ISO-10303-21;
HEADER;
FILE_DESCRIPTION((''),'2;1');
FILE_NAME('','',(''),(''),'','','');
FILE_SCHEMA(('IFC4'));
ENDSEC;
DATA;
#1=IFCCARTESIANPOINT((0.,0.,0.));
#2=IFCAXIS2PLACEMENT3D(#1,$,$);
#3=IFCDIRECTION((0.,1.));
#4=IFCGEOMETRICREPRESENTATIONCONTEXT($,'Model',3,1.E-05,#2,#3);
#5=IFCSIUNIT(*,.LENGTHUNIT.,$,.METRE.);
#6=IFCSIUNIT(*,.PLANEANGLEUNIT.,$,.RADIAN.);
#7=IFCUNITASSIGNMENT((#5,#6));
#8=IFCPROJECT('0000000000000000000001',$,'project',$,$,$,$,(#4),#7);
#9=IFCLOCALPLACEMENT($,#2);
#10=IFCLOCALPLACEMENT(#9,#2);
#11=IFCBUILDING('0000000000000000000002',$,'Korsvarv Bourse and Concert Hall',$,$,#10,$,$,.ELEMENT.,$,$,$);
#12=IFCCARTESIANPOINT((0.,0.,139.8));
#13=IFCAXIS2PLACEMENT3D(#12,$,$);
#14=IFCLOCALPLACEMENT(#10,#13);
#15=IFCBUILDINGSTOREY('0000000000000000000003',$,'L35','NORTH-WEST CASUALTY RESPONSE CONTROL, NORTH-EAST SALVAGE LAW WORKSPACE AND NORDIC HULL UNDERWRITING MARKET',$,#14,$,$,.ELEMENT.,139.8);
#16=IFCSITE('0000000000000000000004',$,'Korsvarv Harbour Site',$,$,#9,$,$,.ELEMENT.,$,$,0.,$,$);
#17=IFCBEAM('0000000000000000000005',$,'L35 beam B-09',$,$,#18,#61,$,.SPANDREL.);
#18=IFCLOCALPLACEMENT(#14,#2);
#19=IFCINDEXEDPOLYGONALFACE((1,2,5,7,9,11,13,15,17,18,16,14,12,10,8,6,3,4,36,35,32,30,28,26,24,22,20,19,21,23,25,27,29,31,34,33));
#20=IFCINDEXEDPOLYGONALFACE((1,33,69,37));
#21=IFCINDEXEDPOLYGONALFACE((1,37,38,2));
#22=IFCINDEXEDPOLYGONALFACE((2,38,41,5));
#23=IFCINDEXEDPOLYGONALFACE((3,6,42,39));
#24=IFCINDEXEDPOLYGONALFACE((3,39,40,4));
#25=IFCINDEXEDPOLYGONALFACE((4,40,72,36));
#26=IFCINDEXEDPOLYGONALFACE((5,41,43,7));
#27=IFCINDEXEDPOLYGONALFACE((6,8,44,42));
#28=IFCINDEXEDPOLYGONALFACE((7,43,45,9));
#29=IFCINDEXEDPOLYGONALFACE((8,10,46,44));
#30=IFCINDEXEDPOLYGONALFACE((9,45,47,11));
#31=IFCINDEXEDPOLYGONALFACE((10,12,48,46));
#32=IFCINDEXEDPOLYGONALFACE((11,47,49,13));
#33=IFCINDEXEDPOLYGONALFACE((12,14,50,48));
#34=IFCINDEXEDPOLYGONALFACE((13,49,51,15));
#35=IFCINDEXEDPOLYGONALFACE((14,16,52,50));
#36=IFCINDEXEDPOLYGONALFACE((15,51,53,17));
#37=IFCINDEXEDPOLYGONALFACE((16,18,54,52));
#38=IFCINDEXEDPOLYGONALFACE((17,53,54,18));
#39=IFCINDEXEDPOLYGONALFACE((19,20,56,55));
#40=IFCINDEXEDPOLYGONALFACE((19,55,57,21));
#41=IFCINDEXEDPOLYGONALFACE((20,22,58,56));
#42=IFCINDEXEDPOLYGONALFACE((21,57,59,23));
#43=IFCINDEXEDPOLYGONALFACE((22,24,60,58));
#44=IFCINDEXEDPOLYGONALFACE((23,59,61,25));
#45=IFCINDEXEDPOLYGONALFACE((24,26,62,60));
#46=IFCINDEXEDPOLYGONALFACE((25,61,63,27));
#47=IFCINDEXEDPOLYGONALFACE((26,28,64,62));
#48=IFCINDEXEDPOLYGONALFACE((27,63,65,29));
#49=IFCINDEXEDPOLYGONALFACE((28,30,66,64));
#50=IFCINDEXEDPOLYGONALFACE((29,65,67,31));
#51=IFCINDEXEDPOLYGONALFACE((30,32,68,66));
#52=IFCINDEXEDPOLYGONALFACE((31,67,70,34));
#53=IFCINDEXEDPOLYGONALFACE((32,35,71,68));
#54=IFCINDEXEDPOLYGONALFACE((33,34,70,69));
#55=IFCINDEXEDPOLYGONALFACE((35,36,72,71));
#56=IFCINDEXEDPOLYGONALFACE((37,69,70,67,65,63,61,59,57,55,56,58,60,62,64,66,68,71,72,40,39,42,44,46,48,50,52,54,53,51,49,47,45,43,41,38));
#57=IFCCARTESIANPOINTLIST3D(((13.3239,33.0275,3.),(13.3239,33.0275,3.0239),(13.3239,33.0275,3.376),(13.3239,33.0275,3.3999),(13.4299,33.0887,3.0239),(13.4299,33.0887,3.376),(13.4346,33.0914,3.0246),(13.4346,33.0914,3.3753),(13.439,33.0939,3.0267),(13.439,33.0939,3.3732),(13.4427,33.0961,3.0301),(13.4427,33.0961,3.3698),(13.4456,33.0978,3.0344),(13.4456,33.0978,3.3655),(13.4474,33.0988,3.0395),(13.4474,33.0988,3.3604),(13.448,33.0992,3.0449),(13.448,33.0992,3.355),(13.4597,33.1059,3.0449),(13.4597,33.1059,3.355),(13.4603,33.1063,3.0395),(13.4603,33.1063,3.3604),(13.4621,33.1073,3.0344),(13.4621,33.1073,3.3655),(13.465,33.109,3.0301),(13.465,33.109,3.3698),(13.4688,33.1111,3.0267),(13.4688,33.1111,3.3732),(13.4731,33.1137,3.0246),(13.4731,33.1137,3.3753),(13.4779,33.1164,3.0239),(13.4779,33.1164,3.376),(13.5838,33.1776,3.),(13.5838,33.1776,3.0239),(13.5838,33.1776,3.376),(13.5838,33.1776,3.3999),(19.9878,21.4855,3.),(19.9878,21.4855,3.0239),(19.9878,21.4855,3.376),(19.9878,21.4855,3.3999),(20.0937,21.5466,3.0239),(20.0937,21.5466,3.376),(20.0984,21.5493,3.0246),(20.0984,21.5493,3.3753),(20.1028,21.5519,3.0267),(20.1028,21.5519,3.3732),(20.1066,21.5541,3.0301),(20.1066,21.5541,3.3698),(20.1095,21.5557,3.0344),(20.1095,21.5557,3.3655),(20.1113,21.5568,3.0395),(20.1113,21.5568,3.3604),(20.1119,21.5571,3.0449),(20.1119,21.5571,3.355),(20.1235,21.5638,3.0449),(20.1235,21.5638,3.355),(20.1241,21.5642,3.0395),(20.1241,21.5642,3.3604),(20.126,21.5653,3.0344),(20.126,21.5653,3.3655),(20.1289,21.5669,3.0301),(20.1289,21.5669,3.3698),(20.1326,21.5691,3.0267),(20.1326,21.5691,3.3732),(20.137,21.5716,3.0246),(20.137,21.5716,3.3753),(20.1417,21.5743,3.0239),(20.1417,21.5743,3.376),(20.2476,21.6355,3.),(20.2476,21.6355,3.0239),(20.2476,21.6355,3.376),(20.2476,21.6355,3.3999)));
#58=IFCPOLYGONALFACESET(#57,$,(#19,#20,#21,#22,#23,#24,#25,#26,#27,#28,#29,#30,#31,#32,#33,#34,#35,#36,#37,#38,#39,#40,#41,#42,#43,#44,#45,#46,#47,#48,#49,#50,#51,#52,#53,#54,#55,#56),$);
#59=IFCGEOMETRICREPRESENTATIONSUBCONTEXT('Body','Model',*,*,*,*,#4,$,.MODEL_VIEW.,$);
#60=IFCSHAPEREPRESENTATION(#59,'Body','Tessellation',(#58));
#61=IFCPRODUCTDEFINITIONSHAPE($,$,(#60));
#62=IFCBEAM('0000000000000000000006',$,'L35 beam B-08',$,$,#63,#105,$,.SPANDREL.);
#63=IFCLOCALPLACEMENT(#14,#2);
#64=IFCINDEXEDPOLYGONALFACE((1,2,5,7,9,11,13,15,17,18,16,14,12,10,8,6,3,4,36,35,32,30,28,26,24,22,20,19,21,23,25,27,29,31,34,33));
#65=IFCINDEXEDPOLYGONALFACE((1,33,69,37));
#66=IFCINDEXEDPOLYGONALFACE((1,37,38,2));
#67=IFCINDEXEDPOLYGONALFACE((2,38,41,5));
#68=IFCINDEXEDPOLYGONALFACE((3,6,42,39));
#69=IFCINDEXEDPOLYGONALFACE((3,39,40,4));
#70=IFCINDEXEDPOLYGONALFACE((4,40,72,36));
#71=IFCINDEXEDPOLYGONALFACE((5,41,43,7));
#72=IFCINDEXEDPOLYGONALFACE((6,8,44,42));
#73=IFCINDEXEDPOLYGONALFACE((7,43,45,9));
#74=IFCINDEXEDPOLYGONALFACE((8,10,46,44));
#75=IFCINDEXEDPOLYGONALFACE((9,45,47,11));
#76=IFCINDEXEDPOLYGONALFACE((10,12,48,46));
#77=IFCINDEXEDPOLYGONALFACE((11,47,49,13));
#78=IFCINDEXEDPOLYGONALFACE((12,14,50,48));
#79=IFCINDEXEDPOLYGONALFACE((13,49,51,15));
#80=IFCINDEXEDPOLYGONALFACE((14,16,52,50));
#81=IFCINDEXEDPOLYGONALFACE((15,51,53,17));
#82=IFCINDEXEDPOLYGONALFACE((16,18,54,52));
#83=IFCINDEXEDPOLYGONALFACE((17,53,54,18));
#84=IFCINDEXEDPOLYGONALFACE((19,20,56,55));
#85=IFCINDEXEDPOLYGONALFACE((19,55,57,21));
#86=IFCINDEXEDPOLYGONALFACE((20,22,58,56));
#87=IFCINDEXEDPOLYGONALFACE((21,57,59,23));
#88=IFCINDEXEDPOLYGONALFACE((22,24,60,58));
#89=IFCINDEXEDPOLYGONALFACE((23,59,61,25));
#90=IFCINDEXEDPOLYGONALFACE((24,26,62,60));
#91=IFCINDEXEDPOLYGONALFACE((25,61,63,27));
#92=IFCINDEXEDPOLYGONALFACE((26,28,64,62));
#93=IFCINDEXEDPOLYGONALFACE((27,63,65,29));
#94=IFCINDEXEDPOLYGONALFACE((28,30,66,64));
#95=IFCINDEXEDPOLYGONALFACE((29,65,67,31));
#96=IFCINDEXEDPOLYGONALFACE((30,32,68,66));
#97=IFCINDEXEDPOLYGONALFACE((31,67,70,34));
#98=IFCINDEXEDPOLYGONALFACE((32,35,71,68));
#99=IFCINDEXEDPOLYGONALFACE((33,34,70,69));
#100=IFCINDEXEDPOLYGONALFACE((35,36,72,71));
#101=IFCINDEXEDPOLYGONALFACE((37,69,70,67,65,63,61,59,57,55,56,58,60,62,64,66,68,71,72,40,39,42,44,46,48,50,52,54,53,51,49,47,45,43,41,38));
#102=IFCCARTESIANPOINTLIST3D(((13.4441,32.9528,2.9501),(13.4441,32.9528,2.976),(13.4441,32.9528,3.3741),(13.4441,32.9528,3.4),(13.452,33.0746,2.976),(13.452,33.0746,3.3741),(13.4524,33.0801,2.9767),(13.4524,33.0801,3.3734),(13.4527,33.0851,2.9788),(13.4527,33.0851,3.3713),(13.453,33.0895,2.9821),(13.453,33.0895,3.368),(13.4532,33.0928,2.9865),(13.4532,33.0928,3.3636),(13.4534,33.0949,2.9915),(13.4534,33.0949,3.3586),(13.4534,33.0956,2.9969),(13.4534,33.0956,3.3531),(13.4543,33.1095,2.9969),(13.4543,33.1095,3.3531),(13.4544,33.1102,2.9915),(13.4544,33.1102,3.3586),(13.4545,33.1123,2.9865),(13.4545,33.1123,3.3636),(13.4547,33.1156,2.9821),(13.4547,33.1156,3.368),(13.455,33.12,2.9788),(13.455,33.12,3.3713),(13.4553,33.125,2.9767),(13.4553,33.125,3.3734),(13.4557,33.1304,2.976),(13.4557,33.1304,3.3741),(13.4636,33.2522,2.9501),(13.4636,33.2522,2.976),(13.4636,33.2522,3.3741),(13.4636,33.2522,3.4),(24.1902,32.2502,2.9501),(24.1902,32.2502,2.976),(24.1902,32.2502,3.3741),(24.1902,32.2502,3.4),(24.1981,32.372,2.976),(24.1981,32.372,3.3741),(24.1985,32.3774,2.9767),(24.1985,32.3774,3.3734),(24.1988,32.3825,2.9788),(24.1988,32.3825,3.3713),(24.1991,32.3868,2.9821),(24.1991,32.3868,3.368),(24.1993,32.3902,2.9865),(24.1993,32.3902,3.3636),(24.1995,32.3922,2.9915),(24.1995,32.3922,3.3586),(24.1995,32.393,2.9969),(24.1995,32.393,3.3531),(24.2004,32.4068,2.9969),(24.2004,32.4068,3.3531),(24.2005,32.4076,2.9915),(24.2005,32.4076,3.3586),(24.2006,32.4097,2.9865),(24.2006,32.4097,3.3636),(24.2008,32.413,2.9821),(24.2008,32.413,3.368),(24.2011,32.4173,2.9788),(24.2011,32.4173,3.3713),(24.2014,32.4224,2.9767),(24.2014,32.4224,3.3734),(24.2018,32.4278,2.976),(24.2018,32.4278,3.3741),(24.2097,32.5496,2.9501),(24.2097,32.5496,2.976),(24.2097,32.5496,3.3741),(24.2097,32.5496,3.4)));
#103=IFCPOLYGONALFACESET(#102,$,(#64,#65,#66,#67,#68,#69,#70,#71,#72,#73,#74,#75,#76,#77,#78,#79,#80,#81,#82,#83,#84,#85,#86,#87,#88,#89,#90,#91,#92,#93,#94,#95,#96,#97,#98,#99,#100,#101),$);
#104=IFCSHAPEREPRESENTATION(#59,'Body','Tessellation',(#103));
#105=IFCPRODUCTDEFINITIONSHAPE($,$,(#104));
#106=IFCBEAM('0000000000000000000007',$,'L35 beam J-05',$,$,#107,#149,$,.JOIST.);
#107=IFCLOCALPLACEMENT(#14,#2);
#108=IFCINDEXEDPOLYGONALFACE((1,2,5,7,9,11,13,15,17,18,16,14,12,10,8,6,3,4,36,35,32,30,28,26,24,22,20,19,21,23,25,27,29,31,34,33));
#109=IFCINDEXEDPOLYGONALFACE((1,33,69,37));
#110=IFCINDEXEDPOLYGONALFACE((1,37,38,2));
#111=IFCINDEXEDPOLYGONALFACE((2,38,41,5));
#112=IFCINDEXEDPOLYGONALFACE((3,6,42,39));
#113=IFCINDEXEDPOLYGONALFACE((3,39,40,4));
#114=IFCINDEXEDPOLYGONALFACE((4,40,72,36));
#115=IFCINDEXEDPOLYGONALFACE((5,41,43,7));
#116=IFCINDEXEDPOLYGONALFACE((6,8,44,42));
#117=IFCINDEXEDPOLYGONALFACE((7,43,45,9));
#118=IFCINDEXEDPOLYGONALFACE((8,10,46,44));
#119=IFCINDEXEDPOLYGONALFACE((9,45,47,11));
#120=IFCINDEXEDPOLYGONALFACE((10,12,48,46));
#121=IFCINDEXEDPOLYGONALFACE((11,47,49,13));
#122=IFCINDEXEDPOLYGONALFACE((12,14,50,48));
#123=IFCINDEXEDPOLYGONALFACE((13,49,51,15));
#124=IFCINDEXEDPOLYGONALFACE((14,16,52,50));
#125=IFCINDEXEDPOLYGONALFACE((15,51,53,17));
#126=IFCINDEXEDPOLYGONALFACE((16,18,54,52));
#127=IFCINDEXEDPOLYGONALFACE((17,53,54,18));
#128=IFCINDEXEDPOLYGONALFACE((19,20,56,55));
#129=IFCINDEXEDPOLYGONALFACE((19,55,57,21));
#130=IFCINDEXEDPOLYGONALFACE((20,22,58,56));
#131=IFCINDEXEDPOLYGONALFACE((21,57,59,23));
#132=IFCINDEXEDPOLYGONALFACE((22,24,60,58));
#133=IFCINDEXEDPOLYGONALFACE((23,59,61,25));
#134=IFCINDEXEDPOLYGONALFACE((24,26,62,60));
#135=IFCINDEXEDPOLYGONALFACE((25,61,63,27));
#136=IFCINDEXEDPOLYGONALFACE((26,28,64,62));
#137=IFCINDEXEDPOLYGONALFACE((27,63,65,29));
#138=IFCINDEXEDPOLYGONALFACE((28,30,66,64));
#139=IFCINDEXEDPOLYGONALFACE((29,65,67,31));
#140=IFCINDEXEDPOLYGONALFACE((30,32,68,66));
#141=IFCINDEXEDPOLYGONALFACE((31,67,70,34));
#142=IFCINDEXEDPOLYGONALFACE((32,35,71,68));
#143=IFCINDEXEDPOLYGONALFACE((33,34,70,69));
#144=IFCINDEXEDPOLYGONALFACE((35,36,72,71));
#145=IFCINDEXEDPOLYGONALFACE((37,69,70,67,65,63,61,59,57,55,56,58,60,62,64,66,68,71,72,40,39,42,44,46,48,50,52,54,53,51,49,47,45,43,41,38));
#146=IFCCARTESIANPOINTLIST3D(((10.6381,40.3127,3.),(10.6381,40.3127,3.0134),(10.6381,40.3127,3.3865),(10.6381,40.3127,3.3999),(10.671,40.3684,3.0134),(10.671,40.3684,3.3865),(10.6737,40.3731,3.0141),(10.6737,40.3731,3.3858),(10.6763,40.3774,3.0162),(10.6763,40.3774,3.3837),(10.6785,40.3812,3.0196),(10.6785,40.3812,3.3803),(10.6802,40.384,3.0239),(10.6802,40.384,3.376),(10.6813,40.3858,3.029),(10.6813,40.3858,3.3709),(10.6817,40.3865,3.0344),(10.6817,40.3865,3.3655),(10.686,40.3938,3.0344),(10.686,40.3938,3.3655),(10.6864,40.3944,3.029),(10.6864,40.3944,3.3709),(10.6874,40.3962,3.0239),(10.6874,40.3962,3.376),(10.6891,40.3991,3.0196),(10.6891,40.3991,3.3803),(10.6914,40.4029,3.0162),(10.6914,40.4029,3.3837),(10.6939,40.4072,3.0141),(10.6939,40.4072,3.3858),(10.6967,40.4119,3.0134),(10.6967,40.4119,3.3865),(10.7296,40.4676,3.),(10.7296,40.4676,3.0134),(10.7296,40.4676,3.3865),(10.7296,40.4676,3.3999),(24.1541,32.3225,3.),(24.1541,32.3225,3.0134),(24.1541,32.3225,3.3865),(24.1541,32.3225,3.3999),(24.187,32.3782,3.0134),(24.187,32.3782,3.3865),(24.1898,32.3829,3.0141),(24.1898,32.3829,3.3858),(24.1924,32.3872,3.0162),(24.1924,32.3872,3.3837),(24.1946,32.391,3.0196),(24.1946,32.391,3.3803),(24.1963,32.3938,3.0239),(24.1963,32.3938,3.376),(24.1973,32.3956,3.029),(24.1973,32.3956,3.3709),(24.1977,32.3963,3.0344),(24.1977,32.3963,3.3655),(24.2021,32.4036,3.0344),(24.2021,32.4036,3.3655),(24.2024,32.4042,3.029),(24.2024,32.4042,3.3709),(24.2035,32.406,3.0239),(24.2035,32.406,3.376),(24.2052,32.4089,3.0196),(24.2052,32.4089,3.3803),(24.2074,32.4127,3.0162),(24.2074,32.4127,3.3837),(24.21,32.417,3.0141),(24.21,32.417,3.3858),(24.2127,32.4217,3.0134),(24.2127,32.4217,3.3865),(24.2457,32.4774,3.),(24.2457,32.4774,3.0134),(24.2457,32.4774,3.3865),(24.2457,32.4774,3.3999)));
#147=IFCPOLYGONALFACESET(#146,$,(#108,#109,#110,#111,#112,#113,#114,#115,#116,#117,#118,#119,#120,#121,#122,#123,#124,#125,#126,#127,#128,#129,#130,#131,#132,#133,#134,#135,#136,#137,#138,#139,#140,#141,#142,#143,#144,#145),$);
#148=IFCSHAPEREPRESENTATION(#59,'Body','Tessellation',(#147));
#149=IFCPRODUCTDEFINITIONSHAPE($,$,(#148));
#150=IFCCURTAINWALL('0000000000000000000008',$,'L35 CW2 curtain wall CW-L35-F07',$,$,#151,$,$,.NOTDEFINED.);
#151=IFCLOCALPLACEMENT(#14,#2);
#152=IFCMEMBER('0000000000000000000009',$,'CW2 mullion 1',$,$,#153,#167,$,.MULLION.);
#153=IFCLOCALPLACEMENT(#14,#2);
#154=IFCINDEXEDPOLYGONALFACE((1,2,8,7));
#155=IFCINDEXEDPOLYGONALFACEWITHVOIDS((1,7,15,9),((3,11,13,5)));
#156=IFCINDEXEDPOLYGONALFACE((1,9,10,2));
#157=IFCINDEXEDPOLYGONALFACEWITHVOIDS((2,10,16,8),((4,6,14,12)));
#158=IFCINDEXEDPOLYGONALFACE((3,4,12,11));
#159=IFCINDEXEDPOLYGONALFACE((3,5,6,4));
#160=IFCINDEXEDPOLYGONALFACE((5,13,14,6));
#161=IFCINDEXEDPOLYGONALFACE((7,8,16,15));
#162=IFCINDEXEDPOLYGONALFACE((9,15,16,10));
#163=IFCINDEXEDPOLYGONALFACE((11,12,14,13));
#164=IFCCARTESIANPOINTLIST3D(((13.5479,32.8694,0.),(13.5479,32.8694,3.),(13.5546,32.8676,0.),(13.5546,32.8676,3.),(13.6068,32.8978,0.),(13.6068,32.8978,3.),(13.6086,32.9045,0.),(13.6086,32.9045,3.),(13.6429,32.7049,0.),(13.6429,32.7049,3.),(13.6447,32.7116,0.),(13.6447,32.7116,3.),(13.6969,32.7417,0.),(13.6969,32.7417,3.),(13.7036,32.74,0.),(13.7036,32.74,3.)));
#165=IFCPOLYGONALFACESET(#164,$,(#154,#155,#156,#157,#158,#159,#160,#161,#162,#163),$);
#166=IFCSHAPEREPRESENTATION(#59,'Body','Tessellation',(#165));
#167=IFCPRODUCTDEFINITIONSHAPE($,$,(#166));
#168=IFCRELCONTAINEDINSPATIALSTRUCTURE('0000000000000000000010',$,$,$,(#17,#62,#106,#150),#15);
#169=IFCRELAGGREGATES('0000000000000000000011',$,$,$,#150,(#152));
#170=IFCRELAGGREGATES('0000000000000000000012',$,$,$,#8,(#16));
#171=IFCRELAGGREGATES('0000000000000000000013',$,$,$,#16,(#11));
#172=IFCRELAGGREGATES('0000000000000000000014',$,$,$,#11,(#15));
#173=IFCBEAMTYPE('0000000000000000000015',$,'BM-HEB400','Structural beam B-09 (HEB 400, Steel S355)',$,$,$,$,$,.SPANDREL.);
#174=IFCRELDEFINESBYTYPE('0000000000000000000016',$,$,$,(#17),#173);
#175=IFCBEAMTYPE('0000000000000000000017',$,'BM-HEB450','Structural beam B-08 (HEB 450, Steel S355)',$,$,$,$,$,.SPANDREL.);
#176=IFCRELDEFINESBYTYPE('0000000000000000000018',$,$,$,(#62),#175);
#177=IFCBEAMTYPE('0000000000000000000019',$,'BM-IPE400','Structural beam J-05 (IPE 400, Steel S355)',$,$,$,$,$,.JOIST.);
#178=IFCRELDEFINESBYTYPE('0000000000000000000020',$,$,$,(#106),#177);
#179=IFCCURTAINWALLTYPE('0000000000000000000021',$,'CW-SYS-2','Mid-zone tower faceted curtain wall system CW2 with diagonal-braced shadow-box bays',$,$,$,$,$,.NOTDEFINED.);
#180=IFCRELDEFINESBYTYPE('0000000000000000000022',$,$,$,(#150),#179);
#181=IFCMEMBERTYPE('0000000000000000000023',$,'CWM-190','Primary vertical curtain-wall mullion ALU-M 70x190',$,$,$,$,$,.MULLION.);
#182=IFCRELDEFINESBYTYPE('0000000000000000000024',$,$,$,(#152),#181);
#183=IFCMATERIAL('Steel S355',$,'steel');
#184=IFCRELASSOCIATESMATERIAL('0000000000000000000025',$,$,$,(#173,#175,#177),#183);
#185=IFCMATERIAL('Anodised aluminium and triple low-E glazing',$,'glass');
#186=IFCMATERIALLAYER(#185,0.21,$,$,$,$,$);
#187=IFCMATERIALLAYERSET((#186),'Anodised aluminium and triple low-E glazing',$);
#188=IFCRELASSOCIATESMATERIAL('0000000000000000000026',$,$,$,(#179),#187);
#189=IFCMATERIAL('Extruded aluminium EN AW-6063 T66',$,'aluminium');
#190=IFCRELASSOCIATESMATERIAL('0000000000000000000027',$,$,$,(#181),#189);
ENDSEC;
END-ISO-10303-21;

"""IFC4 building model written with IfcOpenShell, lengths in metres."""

from ifc_helpers import new_model, si_unit, direction, frame, origin, origin_2d, place, context, subcontext, project, spatial, hollow_rectangle, i_section, extrude, source, transform, mapped, material, layer, layer_set, material_profile, profile_set, type_object, element, aggregate, save


model = new_model("IFC4")

# Units and contexts
model_context = context("Model", 3, precision=1e-05, world=origin(), true_north=direction((0.0, 1.0)))
body_context = subcontext(model_context, "Body", "Model", "MODEL_VIEW")
ifc_project = project(units=[si_unit("LENGTHUNIT", "METRE"), si_unit("PLANEANGLEUNIT", "RADIAN")], contexts=[model_context])

# Site, building, storey
site_placement = place(None, origin())
site = spatial("IfcSite", under=ifc_project, at=site_placement, Name="Korsvarv Harbour Site", CompositionType="ELEMENT", RefElevation=0.0)
building_placement = place(site_placement, origin())
building = spatial("IfcBuilding", under=site, at=building_placement, Name="Korsvarv Bourse and Concert Hall", CompositionType="ELEMENT")
storey_placement = place(building_placement, frame((0.0, 0.0, 139.8)))
storey = spatial("IfcBuildingStorey", under=building, at=storey_placement, Name="L35", Description="NORTH-WEST CASUALTY RESPONSE CONTROL, NORTH-EAST SALVAGE LAW WORKSPACE AND NORDIC HULL UNDERWRITING MARKET", CompositionType="ELEMENT", Elevation=139.8)

# Shared definitions
ifc_material_1 = material(Name="Steel S355", Category="steel")

# Beams
ifc_material_profile_1 = material_profile(ifc_material_1, i_section(OverallWidth=0.3, OverallDepth=0.3999, WebThickness=0.0134, FlangeThickness=0.0239, FilletRadius=0.021, at=origin_2d()), Name="HEB 400")
ifc_profile_set_1 = profile_set([ifc_material_profile_1], Name="Steel S355")
beam_type_1 = type_object("IfcBeamType", Name="BM-HEB400", Description="Structural beam B-09 (HEB 400, Steel S355)", PredefinedType="SPANDREL", material=ifc_profile_set_1)
shared_shape_1 = source(origin(), body_context, "Body", "SweptSolid", [
    extrude(i_section(OverallWidth=0.3, OverallDepth=0.3999, WebThickness=0.0134, FlangeThickness=0.0239, FilletRadius=0.021, at=origin_2d()), origin(), (0.0, 0.0, 1.0), 13.3276),
])
beam_1_placement = place(storey_placement, frame((13.4539, 33.1025, 3.2), z_axis=(0.500003, -0.866024, 0.0), x_axis=(0.866024, 0.500003, 0.0)))
element("IfcBeam", 1, at=beam_1_placement, inside=storey, type_object=beam_type_1, Name="L35 beam B-09", PredefinedType="SPANDREL", context=body_context, shape_type="MappedRepresentation", body=[
    mapped(shared_shape_1, transform((0.0, 0.0, 0.0), scale=1.0)),
])
ifc_material_profile_2 = material_profile(ifc_material_1, i_section(OverallWidth=0.3, OverallDepth=0.45, WebThickness=0.0139, FlangeThickness=0.0259, FilletRadius=0.021, at=origin_2d()), Name="HEB 450")
ifc_profile_set_2 = profile_set([ifc_material_profile_2], Name="Steel S355")
beam_type_2 = type_object("IfcBeamType", Name="BM-HEB450", Description="Structural beam B-08 (HEB 450, Steel S355)", PredefinedType="SPANDREL", material=ifc_profile_set_2)
shared_shape_2 = source(origin(), body_context, "Body", "SweptSolid", [
    extrude(i_section(OverallWidth=0.3, OverallDepth=0.45, WebThickness=0.0139, FlangeThickness=0.0259, FilletRadius=0.021, at=origin_2d()), origin(), (0.0, 0.0, 1.0), 10.769),
])
beam_2_placement = place(storey_placement, frame((13.4539, 33.1025, 3.175), z_axis=(0.997869, -0.065246, 0.0), x_axis=(0.065246, 0.997869, 0.0)))
element("IfcBeam", 2, at=beam_2_placement, inside=storey, type_object=beam_type_2, Name="L35 beam B-08", PredefinedType="SPANDREL", context=body_context, shape_type="MappedRepresentation", body=[
    mapped(shared_shape_2, transform((0.0, 0.0, 0.0), scale=1.0)),
])
ifc_material_profile_3 = material_profile(ifc_material_1, i_section(OverallWidth=0.1799, OverallDepth=0.3999, WebThickness=0.0085, FlangeThickness=0.0134, FilletRadius=0.021, at=origin_2d()), Name="IPE 400")
ifc_profile_set_3 = profile_set([ifc_material_profile_3], Name="Steel S355")
beam_type_3 = type_object("IfcBeamType", Name="BM-IPE400", Description="Structural beam J-05 (IPE 400, Steel S355)", PredefinedType="JOIST", material=ifc_profile_set_3)
shared_shape_3 = source(origin(), body_context, "Body", "SweptSolid", [
    extrude(i_section(OverallWidth=0.1799, OverallDepth=0.3999, WebThickness=0.0085, FlangeThickness=0.0134, FilletRadius=0.021, at=origin_2d()), origin(), (0.0, 0.0, 1.0), 15.7012),
])
beam_3_placement = place(storey_placement, frame((10.6838, 40.3901, 3.2), z_axis=(0.860831, -0.508892, 0.0), x_axis=(0.508892, 0.860831, 0.0)))
element("IfcBeam", 3, at=beam_3_placement, inside=storey, type_object=beam_type_3, Name="L35 beam J-05", PredefinedType="JOIST", context=body_context, shape_type="MappedRepresentation", body=[
    mapped(shared_shape_3, transform((0.0, 0.0, 0.0), scale=1.0)),
])

# Curtain wall, member
ifc_material_2 = material(Name="Anodised aluminium and triple low-E glazing", Category="glass")
ifc_layer_1 = layer(ifc_material_2, 0.21)
ifc_layer_set_1 = layer_set([ifc_layer_1], Name="Anodised aluminium and triple low-E glazing")
curtain_wall_type = type_object("IfcCurtainWallType", Name="CW-SYS-2", Description="Mid-zone tower faceted curtain wall system CW2 with diagonal-braced shadow-box bays", PredefinedType="NOTDEFINED", material=ifc_layer_set_1)
curtain_wall_placement = place(storey_placement, origin())
curtain_wall = element("IfcCurtainWall", 4, at=curtain_wall_placement, inside=storey, type_object=curtain_wall_type, Name="L35 CW2 curtain wall CW-L35-F07", PredefinedType="NOTDEFINED")
ifc_material_3 = material(Name="Extruded aluminium EN AW-6063 T66", Category="aluminium")
ifc_material_profile_4 = material_profile(ifc_material_3, hollow_rectangle(XDim=0.0701, YDim=0.1899, WallThickness=0.0049, at=origin_2d()), Name="ALU-M 70x190")
ifc_profile_set_4 = profile_set([ifc_material_profile_4], Name="Extruded aluminium EN AW-6063 T66")
member_type_1 = type_object("IfcMemberType", Name="CWM-190", Description="Primary vertical curtain-wall mullion ALU-M 70x190", PredefinedType="MULLION", material=ifc_profile_set_4)
shared_shape_4 = source(origin(), body_context, "Body", "SweptSolid", [
    extrude(hollow_rectangle(XDim=0.0701, YDim=0.1899, WallThickness=0.0049, at=origin_2d()), origin(), (0.0, 0.0, 1.0), 3.0),
])
member_1_placement = place(storey_placement, frame((13.6257, 32.8047, 0.0), z_axis=(0.0, 0.0, 1.0), x_axis=(0.866025, 0.5, 0.0)))
member_1 = element("IfcMember", 5, at=member_1_placement, type_object=member_type_1, Name="CW2 mullion 1", PredefinedType="MULLION", context=body_context, shape_type="MappedRepresentation", body=[
    mapped(shared_shape_4, transform((0.0, 0.0, 0.0), scale=1.0)),
])
aggregate(curtain_wall, [member_1])

save(model, "model.ifc")
